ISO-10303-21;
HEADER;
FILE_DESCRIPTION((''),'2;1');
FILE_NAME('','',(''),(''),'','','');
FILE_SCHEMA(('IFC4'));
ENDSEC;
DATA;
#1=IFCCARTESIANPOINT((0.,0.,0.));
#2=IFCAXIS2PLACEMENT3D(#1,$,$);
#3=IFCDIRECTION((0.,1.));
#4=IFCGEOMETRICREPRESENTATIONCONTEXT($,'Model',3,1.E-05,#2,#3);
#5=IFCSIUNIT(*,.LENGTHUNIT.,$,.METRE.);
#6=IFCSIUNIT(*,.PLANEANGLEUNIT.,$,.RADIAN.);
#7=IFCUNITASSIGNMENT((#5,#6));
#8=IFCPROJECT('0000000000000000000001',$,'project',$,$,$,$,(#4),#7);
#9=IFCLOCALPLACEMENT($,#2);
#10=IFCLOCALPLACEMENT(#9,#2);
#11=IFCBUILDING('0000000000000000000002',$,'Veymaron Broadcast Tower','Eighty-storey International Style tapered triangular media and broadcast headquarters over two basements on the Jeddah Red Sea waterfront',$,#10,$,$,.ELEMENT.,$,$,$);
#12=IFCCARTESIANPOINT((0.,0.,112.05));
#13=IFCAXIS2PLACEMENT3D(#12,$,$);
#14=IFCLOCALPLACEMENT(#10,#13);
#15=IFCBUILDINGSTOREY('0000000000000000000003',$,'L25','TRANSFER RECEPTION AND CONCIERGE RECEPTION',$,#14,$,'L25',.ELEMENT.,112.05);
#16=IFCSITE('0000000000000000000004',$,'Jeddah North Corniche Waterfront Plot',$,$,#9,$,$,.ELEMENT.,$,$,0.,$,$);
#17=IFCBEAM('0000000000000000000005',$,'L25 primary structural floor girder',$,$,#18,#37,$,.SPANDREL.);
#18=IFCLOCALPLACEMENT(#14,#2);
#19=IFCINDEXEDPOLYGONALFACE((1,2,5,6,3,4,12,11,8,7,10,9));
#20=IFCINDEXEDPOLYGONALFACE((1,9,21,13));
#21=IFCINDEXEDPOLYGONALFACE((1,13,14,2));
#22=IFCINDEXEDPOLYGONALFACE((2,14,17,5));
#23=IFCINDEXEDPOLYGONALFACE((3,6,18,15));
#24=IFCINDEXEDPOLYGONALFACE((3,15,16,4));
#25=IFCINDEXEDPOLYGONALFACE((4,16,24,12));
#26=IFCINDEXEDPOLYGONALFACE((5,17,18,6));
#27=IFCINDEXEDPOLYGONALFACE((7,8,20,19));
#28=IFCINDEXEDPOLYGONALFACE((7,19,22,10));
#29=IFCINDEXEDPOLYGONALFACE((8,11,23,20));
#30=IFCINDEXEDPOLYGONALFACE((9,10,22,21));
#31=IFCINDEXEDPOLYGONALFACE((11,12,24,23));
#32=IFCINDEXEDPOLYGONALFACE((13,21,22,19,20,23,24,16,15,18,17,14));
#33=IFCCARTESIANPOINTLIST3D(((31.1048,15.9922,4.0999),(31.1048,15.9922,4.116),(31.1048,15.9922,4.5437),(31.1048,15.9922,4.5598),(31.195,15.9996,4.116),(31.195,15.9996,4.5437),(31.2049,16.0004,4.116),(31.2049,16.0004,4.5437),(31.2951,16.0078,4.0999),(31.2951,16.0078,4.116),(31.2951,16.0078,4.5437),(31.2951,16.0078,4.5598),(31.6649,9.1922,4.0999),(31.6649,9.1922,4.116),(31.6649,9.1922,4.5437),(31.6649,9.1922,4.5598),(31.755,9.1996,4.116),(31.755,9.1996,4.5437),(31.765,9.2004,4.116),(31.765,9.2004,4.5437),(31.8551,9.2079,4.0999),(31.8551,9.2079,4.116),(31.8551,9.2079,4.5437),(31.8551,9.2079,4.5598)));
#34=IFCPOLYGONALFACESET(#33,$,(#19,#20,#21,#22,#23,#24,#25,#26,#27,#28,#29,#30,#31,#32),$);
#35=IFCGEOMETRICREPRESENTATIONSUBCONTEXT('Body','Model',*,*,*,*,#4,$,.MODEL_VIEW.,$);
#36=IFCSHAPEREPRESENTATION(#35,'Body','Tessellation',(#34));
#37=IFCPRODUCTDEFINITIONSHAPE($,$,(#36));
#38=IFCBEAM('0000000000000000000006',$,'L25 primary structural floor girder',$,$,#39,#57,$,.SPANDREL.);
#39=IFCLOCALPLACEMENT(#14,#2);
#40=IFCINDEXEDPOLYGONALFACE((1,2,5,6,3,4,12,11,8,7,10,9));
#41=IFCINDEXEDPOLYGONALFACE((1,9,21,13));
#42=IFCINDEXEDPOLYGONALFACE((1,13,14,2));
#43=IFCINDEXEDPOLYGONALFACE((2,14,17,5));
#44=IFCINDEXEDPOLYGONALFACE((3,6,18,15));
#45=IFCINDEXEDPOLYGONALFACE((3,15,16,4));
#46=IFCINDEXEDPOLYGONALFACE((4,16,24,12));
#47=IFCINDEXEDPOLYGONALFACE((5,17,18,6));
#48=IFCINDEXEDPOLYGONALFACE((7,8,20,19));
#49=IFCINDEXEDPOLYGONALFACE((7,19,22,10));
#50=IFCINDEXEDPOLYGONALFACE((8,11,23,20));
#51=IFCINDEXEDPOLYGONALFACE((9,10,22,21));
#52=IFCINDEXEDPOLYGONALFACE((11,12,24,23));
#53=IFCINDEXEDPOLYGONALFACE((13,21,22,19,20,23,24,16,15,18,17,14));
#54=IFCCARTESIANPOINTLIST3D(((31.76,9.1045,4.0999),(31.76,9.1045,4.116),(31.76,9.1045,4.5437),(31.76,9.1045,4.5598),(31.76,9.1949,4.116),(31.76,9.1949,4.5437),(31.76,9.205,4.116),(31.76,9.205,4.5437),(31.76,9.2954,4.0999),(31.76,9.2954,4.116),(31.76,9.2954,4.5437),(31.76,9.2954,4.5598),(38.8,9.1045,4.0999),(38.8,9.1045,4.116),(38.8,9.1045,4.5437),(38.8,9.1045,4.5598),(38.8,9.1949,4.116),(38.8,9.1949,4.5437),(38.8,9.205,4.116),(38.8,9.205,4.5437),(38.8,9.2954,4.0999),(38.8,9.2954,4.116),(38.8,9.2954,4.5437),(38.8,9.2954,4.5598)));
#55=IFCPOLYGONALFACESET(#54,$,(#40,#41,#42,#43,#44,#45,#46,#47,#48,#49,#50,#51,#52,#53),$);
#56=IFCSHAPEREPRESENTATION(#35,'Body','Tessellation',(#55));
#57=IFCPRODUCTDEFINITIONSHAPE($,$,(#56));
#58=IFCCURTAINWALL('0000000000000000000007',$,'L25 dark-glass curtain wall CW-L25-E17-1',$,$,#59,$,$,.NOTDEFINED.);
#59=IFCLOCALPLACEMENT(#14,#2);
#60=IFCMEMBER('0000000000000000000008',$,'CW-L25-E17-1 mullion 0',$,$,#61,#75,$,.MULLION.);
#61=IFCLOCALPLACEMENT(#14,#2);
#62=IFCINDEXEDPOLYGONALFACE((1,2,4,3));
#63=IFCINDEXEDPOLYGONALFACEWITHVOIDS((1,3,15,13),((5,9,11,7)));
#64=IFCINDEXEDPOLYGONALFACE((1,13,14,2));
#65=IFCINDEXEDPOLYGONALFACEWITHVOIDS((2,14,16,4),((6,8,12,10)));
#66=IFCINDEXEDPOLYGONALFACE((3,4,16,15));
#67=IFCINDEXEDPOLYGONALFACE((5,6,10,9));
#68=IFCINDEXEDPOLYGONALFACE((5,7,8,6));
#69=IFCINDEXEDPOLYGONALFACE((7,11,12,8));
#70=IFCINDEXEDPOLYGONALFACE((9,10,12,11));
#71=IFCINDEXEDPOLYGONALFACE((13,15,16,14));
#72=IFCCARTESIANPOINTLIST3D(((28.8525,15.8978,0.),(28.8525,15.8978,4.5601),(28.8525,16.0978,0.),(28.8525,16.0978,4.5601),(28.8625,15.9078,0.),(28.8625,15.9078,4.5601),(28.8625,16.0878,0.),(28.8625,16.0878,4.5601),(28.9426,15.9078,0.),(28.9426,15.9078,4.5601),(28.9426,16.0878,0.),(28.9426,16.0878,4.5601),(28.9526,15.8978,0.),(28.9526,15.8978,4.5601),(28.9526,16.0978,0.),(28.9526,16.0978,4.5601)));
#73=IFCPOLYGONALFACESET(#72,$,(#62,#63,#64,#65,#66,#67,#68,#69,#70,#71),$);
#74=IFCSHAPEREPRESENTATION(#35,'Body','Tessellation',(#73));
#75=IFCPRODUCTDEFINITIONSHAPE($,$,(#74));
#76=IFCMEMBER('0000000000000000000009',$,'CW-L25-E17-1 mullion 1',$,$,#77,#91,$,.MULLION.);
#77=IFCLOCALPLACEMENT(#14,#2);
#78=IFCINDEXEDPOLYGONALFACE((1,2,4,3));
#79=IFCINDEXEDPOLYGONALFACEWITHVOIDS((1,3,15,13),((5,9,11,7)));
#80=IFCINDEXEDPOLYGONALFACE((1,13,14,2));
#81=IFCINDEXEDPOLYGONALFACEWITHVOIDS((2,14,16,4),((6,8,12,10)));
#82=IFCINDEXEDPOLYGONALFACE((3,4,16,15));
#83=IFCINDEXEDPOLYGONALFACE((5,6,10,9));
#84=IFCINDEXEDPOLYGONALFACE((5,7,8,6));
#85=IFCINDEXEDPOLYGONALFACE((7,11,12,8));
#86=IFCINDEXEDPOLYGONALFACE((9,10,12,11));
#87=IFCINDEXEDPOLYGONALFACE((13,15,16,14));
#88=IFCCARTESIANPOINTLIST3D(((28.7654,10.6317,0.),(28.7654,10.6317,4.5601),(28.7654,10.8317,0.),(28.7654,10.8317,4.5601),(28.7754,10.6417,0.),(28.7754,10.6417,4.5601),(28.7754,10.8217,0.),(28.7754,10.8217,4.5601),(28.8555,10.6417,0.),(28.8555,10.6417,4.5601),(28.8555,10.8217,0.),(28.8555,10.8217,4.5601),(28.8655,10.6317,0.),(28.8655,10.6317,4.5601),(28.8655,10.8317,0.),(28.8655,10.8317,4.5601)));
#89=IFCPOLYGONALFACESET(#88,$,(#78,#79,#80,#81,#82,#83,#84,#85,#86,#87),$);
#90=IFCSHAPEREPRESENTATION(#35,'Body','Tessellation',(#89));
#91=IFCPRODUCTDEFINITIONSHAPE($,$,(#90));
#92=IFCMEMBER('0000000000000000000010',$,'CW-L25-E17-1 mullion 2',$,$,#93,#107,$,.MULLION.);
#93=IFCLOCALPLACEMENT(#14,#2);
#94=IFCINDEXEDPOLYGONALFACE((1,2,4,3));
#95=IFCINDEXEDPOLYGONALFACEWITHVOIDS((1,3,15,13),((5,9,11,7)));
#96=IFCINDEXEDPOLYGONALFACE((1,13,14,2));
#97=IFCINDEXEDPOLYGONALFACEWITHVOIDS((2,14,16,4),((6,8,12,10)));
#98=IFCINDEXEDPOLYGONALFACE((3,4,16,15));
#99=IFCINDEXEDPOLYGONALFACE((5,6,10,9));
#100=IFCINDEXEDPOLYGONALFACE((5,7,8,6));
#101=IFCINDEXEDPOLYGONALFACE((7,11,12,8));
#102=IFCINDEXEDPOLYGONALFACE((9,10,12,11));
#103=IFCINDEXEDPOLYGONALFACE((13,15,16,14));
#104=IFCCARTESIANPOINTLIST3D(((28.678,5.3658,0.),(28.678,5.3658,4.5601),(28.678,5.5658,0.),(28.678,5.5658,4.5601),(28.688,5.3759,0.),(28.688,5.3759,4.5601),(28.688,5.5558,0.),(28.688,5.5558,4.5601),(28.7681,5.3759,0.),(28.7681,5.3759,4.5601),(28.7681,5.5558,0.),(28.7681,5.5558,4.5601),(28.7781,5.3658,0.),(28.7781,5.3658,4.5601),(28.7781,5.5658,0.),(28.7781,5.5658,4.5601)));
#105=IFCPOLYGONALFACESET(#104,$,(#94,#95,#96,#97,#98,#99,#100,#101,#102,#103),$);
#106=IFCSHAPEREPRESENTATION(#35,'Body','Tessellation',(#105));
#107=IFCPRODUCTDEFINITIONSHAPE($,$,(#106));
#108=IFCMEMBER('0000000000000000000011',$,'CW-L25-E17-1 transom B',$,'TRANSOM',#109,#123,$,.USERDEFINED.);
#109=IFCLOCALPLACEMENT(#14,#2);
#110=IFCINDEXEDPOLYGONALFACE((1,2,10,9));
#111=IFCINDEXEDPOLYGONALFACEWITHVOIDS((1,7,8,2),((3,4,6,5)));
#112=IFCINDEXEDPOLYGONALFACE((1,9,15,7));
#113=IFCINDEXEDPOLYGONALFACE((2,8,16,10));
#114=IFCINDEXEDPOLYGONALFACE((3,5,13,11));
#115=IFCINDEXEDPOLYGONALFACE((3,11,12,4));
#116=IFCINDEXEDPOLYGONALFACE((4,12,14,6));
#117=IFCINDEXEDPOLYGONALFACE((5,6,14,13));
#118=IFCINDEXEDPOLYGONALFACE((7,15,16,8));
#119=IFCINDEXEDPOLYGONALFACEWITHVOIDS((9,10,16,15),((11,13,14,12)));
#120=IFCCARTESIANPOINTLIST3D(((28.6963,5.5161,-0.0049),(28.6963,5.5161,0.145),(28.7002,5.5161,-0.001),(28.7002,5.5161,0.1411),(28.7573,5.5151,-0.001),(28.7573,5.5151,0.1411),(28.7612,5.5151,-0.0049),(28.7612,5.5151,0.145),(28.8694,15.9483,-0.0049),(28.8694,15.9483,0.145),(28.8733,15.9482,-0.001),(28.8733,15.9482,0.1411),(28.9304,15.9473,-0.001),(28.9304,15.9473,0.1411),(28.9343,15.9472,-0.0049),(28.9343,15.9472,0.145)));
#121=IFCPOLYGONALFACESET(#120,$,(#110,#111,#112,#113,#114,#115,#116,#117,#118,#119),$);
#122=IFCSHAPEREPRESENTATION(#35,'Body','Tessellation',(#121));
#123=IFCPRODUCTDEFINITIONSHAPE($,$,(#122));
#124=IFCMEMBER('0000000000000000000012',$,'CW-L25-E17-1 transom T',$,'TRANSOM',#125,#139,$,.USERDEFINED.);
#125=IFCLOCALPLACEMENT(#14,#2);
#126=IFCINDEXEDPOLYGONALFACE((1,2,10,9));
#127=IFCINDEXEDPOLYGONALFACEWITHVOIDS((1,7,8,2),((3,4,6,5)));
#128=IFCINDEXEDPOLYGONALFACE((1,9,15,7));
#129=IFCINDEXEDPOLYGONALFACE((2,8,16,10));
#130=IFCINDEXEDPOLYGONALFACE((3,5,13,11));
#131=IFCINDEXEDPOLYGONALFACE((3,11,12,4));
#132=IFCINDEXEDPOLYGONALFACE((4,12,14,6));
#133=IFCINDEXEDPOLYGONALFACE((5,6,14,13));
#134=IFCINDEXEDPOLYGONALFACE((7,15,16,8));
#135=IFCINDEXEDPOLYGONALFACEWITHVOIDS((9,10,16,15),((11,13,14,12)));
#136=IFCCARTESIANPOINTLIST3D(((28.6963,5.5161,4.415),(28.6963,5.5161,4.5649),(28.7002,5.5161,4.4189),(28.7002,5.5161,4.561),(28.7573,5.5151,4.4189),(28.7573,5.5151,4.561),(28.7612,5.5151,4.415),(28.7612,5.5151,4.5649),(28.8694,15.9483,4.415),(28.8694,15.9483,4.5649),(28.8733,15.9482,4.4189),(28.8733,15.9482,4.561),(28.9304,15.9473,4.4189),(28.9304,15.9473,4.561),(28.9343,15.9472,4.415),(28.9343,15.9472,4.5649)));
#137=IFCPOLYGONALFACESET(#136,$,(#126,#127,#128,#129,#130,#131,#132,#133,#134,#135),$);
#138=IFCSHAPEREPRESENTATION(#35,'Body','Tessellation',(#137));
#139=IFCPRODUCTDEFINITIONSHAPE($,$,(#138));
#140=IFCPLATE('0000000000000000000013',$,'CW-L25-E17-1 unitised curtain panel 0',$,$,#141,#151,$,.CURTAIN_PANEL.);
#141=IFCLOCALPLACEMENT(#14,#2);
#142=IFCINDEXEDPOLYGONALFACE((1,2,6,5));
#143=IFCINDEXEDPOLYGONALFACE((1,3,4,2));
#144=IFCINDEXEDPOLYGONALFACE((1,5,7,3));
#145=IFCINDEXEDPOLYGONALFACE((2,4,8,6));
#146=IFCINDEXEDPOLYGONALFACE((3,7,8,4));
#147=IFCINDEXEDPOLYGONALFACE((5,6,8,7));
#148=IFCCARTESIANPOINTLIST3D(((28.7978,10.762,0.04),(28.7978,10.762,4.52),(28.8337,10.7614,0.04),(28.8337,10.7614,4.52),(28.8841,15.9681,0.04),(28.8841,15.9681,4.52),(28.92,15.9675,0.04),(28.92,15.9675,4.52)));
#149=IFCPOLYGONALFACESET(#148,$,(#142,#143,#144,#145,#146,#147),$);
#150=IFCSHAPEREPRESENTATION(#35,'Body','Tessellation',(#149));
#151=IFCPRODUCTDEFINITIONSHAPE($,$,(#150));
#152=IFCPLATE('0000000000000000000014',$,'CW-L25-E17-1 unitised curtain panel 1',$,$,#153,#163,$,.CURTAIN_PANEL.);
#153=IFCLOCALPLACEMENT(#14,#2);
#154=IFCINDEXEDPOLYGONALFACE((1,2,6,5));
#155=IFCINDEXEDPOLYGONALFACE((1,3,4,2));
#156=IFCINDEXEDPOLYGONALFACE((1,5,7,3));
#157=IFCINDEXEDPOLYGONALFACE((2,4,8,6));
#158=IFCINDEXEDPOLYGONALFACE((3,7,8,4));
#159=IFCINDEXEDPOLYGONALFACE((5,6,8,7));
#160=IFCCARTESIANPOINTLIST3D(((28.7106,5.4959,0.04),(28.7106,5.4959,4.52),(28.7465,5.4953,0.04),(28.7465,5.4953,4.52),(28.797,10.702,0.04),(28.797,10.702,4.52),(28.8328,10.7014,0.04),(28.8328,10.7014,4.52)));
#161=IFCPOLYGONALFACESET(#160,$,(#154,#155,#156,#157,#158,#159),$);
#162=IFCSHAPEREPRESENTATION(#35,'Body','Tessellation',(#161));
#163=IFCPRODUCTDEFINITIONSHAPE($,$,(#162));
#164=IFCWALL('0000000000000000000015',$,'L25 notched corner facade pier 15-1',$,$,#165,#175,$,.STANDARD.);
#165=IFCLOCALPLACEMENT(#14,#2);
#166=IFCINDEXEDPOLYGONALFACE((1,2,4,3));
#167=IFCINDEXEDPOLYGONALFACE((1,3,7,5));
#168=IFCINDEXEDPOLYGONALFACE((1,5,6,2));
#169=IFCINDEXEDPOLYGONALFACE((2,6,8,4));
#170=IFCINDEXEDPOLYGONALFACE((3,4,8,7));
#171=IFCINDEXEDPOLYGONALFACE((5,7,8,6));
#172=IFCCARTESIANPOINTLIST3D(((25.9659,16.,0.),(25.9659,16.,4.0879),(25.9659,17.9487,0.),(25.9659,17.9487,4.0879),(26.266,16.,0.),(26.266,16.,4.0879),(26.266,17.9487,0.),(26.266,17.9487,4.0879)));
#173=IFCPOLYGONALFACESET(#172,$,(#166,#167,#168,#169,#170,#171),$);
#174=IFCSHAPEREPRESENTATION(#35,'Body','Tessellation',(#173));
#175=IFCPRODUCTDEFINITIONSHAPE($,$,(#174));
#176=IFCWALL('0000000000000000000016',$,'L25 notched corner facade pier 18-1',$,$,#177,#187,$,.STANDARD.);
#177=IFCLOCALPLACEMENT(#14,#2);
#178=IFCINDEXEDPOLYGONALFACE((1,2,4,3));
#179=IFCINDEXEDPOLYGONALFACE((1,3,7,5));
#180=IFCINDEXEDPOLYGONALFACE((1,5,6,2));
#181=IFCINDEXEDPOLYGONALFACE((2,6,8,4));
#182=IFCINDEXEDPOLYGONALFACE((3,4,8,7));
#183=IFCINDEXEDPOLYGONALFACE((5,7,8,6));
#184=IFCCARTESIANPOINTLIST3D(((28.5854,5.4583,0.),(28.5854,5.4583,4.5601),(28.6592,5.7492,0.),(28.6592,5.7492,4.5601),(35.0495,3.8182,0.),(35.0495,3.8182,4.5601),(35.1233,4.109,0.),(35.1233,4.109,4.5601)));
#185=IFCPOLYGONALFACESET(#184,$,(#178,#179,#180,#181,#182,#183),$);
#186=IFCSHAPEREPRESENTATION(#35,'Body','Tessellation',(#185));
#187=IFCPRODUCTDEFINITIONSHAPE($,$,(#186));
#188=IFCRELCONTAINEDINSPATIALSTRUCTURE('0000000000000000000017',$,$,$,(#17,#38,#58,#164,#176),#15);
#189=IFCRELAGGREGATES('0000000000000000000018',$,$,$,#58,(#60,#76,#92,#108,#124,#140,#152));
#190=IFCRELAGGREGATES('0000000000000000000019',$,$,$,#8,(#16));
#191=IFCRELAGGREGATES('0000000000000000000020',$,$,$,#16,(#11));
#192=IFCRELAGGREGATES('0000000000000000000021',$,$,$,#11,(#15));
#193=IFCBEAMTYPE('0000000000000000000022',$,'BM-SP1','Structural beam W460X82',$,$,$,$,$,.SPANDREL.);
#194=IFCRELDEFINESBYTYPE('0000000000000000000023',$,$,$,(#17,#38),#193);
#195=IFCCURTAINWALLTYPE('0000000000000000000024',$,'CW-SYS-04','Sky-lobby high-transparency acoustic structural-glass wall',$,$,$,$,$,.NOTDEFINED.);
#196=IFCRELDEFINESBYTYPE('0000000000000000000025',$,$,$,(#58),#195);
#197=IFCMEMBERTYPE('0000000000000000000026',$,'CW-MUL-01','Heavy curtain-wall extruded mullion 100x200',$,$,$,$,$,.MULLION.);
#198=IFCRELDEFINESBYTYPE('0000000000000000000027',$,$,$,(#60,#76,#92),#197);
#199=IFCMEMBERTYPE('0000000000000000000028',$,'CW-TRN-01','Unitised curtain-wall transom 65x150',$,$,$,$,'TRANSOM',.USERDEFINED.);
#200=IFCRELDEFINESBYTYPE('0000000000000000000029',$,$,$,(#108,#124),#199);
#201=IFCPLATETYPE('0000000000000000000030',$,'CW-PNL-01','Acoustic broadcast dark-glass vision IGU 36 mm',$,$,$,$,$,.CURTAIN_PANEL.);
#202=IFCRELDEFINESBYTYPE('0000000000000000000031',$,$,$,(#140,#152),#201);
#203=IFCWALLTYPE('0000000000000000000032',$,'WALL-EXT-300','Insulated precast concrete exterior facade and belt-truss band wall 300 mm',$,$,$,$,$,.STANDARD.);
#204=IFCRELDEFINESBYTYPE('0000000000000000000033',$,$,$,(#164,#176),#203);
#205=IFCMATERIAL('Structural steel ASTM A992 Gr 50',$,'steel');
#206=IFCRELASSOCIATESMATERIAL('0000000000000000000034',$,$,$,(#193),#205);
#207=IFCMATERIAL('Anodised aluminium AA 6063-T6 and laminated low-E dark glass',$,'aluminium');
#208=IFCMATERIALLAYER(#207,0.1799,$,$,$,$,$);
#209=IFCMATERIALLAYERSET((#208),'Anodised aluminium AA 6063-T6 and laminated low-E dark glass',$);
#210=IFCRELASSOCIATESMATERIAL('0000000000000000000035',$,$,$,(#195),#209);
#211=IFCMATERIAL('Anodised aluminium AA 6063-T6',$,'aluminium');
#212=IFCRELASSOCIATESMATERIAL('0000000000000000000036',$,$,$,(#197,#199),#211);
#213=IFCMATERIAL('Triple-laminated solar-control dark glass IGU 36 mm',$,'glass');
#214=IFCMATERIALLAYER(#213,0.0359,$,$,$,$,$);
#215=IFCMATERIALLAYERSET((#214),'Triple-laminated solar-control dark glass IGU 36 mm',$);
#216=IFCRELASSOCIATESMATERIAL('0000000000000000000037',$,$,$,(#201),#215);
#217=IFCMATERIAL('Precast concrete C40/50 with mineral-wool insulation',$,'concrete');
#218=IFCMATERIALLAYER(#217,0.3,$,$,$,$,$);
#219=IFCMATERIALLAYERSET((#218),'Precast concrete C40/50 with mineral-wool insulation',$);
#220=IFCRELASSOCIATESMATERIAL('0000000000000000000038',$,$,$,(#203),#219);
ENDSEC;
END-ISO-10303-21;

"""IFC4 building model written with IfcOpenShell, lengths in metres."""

from ifc_helpers import new_model, si_unit, direction, frame, frame_2d, origin, origin_2d, place, context, subcontext, project, spatial, rectangle, hollow_rectangle, i_section, extrude, material, layer, layer_set, material_profile, profile_set, type_object, element, aggregate, save


model = new_model("IFC4")

# Units and contexts
model_context = context("Model", 3, precision=1e-05, world=origin(), true_north=direction((0.0, 1.0)))
body_context = subcontext(model_context, "Body", "Model", "MODEL_VIEW")
ifc_project = project(units=[si_unit("LENGTHUNIT", "METRE"), si_unit("PLANEANGLEUNIT", "RADIAN")], contexts=[model_context])

# Site, building, storey
site_placement = place(None, origin())
site = spatial("IfcSite", under=ifc_project, at=site_placement, Name="Jeddah North Corniche Waterfront Plot", CompositionType="ELEMENT", RefElevation=0.0)
building_placement = place(site_placement, origin())
building = spatial("IfcBuilding", under=site, at=building_placement, Name="Veymaron Broadcast Tower", Description="Eighty-storey International Style tapered triangular media and broadcast headquarters over two basements on the Jeddah Red Sea waterfront", CompositionType="ELEMENT")
storey_placement = place(building_placement, frame((0.0, 0.0, 112.05)))
storey = spatial("IfcBuildingStorey", under=building, at=storey_placement, Name="L25", Description="TRANSFER RECEPTION AND CONCIERGE RECEPTION", LongName="L25", CompositionType="ELEMENT", Elevation=112.05)

# Shared definitions
ifc_material_1 = material(Name="Structural steel ASTM A992 Gr 50", Category="steel")

# Beams
ifc_material_profile_1 = material_profile(ifc_material_1, i_section(OverallWidth=0.1909, OverallDepth=0.46, WebThickness=0.01, FlangeThickness=0.0161, at=origin_2d()), Name="W460X82")
ifc_profile_set_1 = profile_set([ifc_material_profile_1], Name="Structural steel ASTM A992 Gr 50")
beam_type_1 = type_object("IfcBeamType", Name="BM-SP1", Description="Structural beam W460X82", PredefinedType="SPANDREL", material=ifc_profile_set_1)
beam_1_placement = place(storey_placement, frame((31.2, 16.0, 4.3298), z_axis=(0.082083, -0.996625, 0.0), x_axis=(0.996625, 0.082083, 0.0)))
element("IfcBeam", 1, at=beam_1_placement, inside=storey, type_object=beam_type_1, Name="L25 primary structural floor girder", PredefinedType="SPANDREL", context=body_context, shape_type="SweptSolid", body=[
    extrude(i_section(OverallWidth=0.1909, OverallDepth=0.46, WebThickness=0.01, FlangeThickness=0.0161, at=origin_2d()), origin(), (0.0, 0.0, 1.0), 6.823),
])
beam_2_placement = place(storey_placement, frame((31.76, 9.2, 4.3298), z_axis=(1.0, 0.0, 0.0), x_axis=(0.0, 1.0, 0.0)))
element("IfcBeam", 2, at=beam_2_placement, inside=storey, type_object=beam_type_1, Name="L25 primary structural floor girder", PredefinedType="SPANDREL", context=body_context, shape_type="SweptSolid", body=[
    extrude(i_section(OverallWidth=0.1909, OverallDepth=0.46, WebThickness=0.01, FlangeThickness=0.0161, at=origin_2d()), origin(), (0.0, 0.0, 1.0), 7.04),
])

# Curtain wall, members, plates
ifc_material_2 = material(Name="Anodised aluminium AA 6063-T6 and laminated low-E dark glass", Category="aluminium")
ifc_layer_1 = layer(ifc_material_2, 0.1799)
ifc_layer_set_1 = layer_set([ifc_layer_1], Name="Anodised aluminium AA 6063-T6 and laminated low-E dark glass")
curtain_wall_type = type_object("IfcCurtainWallType", Name="CW-SYS-04", Description="Sky-lobby high-transparency acoustic structural-glass wall", PredefinedType="NOTDEFINED", material=ifc_layer_set_1)
curtain_wall_placement = place(storey_placement, origin())
curtain_wall = element("IfcCurtainWall", 3, at=curtain_wall_placement, inside=storey, type_object=curtain_wall_type, Name="L25 dark-glass curtain wall CW-L25-E17-1", PredefinedType="NOTDEFINED")
ifc_material_3 = material(Name="Anodised aluminium AA 6063-T6", Category="aluminium")
ifc_material_profile_2 = material_profile(ifc_material_3, hollow_rectangle(XDim=0.1001, YDim=0.2, WallThickness=0.01, at=origin_2d()), Name="RHS200X100X10")
ifc_profile_set_2 = profile_set([ifc_material_profile_2], Name="Anodised aluminium AA 6063-T6")
member_type_1 = type_object("IfcMemberType", Name="CW-MUL-01", Description="Heavy curtain-wall extruded mullion 100x200", PredefinedType="MULLION", material=ifc_profile_set_2)
member_1_placement = place(storey_placement, frame((28.9026, 15.9978, 0.0), z_axis=(0.0, 0.0, 1.0), x_axis=(1.0, 0.0, 0.0)))
member_1 = element("IfcMember", 4, at=member_1_placement, type_object=member_type_1, Name="CW-L25-E17-1 mullion 0", PredefinedType="MULLION", context=body_context, shape_type="SweptSolid", body=[
    extrude(hollow_rectangle(XDim=0.1001, YDim=0.2, WallThickness=0.01, at=origin_2d()), origin(), (0.0, 0.0, 1.0), 4.5601),
])
member_2_placement = place(storey_placement, frame((28.8154, 10.7317, 0.0), z_axis=(0.0, 0.0, 1.0), x_axis=(1.0, 0.0, 0.0)))
member_2 = element("IfcMember", 5, at=member_2_placement, type_object=member_type_1, Name="CW-L25-E17-1 mullion 1", PredefinedType="MULLION", context=body_context, shape_type="SweptSolid", body=[
    extrude(hollow_rectangle(XDim=0.1001, YDim=0.2, WallThickness=0.01, at=origin_2d()), origin(), (0.0, 0.0, 1.0), 4.5601),
])
member_3_placement = place(storey_placement, frame((28.728, 5.4658, 0.0), z_axis=(0.0, 0.0, 1.0), x_axis=(1.0, 0.0, 0.0)))
member_3 = element("IfcMember", 6, at=member_3_placement, type_object=member_type_1, Name="CW-L25-E17-1 mullion 2", PredefinedType="MULLION", context=body_context, shape_type="SweptSolid", body=[
    extrude(hollow_rectangle(XDim=0.1001, YDim=0.2, WallThickness=0.01, at=origin_2d()), origin(), (0.0, 0.0, 1.0), 4.5601),
])
ifc_material_profile_3 = material_profile(ifc_material_3, hollow_rectangle(XDim=0.0649, YDim=0.1499, WallThickness=0.0039, at=origin_2d()), Name="AL150X65X4")
ifc_profile_set_3 = profile_set([ifc_material_profile_3], Name="Anodised aluminium AA 6063-T6")
member_type_2 = type_object("IfcMemberType", Name="CW-TRN-01", Description="Unitised curtain-wall transom 65x150", ElementType="TRANSOM", PredefinedType="USERDEFINED", material=ifc_profile_set_3)
member_4_placement = place(storey_placement, frame((28.9019, 15.9478, 0.0701), z_axis=(-0.01659, -0.999862, 0.0), x_axis=(0.999862, -0.01659, 0.0)))
member_4 = element("IfcMember", 7, at=member_4_placement, type_object=member_type_2, Name="CW-L25-E17-1 transom B", ObjectType="TRANSOM", PredefinedType="USERDEFINED", context=body_context, shape_type="SweptSolid", body=[
    extrude(hollow_rectangle(XDim=0.0649, YDim=0.1499, WallThickness=0.0039, at=origin_2d()), origin(), (0.0, 0.0, 1.0), 10.4336),
])
member_5_placement = place(storey_placement, frame((28.9019, 15.9478, 4.49), z_axis=(-0.01659, -0.999862, 0.0), x_axis=(0.999862, -0.01659, 0.0)))
member_5 = element("IfcMember", 8, at=member_5_placement, type_object=member_type_2, Name="CW-L25-E17-1 transom T", ObjectType="TRANSOM", PredefinedType="USERDEFINED", context=body_context, shape_type="SweptSolid", body=[
    extrude(hollow_rectangle(XDim=0.0649, YDim=0.1499, WallThickness=0.0039, at=origin_2d()), origin(), (0.0, 0.0, 1.0), 10.4336),
])
ifc_material_4 = material(Name="Triple-laminated solar-control dark glass IGU 36 mm", Category="glass")
ifc_layer_2 = layer(ifc_material_4, 0.0359)
ifc_layer_set_2 = layer_set([ifc_layer_2], Name="Triple-laminated solar-control dark glass IGU 36 mm")
plate_type = type_object("IfcPlateType", Name="CW-PNL-01", Description="Acoustic broadcast dark-glass vision IGU 36 mm", PredefinedType="CURTAIN_PANEL", material=ifc_layer_set_2)
plate_1_placement = place(storey_placement, frame((28.8589, 13.3647, 0.04), z_axis=(0.0, 0.0, 1.0), x_axis=(-0.01658, -0.999863, 0.0)))
plate_1 = element("IfcPlate", 9, at=plate_1_placement, type_object=plate_type, Name="CW-L25-E17-1 unitised curtain panel 0", PredefinedType="CURTAIN_PANEL", context=body_context, shape_type="SweptSolid", body=[
    extrude(rectangle(XDim=5.2068, YDim=0.0359, at=origin_2d()), origin(), (0.0, 0.0, 1.0), 4.48),
])
plate_2_placement = place(storey_placement, frame((28.7717, 8.0986, 0.04), z_axis=(0.0, 0.0, 1.0), x_axis=(-0.01658, -0.999863, 0.0)))
plate_2 = element("IfcPlate", 10, at=plate_2_placement, type_object=plate_type, Name="CW-L25-E17-1 unitised curtain panel 1", PredefinedType="CURTAIN_PANEL", context=body_context, shape_type="SweptSolid", body=[
    extrude(rectangle(XDim=5.2068, YDim=0.0359, at=origin_2d()), origin(), (0.0, 0.0, 1.0), 4.48),
])
aggregate(curtain_wall, [member_1, member_2, member_3, member_4, member_5, plate_1, plate_2])

# Walls
ifc_material_5 = material(Name="Precast concrete C40/50 with mineral-wool insulation", Category="concrete")
ifc_layer_3 = layer(ifc_material_5, 0.3)
ifc_layer_set_3 = layer_set([ifc_layer_3], Name="Precast concrete C40/50 with mineral-wool insulation")
wall_type_1 = type_object("IfcWallType", Name="WALL-EXT-300", Description="Insulated precast concrete exterior facade and belt-truss band wall 300 mm", PredefinedType="STANDARD", material=ifc_layer_set_3)
wall_1_placement = place(storey_placement, frame((26.116, 17.9487, 0.0), z_axis=(0.0, 0.0, 1.0), x_axis=(0.0, -1.0, 0.0)))
element("IfcWall", 11, at=wall_1_placement, inside=storey, type_object=wall_type_1, Name="L25 notched corner facade pier 15-1", PredefinedType="STANDARD", context=body_context, shape_type="SweptSolid", body=[
    extrude(rectangle(XDim=1.9487, YDim=0.3, at=frame_2d((0.9744, 0.0))), origin(), (0.0, 0.0, 1.0), 4.0879),
])
wall_2_placement = place(storey_placement, frame((28.6223, 5.6038, 0.0), z_axis=(0.0, 0.0, 1.0), x_axis=(0.969286, -0.245937, 0.0)))
element("IfcWall", 12, at=wall_2_placement, inside=storey, type_object=wall_type_1, Name="L25 notched corner facade pier 18-1", PredefinedType="STANDARD", context=body_context, shape_type="SweptSolid", body=[
    extrude(rectangle(XDim=6.6689, YDim=0.3, at=frame_2d((3.3345, 0.0))), origin(), (0.0, 0.0, 1.0), 4.5601),
])

save(model, "model.ifc")
